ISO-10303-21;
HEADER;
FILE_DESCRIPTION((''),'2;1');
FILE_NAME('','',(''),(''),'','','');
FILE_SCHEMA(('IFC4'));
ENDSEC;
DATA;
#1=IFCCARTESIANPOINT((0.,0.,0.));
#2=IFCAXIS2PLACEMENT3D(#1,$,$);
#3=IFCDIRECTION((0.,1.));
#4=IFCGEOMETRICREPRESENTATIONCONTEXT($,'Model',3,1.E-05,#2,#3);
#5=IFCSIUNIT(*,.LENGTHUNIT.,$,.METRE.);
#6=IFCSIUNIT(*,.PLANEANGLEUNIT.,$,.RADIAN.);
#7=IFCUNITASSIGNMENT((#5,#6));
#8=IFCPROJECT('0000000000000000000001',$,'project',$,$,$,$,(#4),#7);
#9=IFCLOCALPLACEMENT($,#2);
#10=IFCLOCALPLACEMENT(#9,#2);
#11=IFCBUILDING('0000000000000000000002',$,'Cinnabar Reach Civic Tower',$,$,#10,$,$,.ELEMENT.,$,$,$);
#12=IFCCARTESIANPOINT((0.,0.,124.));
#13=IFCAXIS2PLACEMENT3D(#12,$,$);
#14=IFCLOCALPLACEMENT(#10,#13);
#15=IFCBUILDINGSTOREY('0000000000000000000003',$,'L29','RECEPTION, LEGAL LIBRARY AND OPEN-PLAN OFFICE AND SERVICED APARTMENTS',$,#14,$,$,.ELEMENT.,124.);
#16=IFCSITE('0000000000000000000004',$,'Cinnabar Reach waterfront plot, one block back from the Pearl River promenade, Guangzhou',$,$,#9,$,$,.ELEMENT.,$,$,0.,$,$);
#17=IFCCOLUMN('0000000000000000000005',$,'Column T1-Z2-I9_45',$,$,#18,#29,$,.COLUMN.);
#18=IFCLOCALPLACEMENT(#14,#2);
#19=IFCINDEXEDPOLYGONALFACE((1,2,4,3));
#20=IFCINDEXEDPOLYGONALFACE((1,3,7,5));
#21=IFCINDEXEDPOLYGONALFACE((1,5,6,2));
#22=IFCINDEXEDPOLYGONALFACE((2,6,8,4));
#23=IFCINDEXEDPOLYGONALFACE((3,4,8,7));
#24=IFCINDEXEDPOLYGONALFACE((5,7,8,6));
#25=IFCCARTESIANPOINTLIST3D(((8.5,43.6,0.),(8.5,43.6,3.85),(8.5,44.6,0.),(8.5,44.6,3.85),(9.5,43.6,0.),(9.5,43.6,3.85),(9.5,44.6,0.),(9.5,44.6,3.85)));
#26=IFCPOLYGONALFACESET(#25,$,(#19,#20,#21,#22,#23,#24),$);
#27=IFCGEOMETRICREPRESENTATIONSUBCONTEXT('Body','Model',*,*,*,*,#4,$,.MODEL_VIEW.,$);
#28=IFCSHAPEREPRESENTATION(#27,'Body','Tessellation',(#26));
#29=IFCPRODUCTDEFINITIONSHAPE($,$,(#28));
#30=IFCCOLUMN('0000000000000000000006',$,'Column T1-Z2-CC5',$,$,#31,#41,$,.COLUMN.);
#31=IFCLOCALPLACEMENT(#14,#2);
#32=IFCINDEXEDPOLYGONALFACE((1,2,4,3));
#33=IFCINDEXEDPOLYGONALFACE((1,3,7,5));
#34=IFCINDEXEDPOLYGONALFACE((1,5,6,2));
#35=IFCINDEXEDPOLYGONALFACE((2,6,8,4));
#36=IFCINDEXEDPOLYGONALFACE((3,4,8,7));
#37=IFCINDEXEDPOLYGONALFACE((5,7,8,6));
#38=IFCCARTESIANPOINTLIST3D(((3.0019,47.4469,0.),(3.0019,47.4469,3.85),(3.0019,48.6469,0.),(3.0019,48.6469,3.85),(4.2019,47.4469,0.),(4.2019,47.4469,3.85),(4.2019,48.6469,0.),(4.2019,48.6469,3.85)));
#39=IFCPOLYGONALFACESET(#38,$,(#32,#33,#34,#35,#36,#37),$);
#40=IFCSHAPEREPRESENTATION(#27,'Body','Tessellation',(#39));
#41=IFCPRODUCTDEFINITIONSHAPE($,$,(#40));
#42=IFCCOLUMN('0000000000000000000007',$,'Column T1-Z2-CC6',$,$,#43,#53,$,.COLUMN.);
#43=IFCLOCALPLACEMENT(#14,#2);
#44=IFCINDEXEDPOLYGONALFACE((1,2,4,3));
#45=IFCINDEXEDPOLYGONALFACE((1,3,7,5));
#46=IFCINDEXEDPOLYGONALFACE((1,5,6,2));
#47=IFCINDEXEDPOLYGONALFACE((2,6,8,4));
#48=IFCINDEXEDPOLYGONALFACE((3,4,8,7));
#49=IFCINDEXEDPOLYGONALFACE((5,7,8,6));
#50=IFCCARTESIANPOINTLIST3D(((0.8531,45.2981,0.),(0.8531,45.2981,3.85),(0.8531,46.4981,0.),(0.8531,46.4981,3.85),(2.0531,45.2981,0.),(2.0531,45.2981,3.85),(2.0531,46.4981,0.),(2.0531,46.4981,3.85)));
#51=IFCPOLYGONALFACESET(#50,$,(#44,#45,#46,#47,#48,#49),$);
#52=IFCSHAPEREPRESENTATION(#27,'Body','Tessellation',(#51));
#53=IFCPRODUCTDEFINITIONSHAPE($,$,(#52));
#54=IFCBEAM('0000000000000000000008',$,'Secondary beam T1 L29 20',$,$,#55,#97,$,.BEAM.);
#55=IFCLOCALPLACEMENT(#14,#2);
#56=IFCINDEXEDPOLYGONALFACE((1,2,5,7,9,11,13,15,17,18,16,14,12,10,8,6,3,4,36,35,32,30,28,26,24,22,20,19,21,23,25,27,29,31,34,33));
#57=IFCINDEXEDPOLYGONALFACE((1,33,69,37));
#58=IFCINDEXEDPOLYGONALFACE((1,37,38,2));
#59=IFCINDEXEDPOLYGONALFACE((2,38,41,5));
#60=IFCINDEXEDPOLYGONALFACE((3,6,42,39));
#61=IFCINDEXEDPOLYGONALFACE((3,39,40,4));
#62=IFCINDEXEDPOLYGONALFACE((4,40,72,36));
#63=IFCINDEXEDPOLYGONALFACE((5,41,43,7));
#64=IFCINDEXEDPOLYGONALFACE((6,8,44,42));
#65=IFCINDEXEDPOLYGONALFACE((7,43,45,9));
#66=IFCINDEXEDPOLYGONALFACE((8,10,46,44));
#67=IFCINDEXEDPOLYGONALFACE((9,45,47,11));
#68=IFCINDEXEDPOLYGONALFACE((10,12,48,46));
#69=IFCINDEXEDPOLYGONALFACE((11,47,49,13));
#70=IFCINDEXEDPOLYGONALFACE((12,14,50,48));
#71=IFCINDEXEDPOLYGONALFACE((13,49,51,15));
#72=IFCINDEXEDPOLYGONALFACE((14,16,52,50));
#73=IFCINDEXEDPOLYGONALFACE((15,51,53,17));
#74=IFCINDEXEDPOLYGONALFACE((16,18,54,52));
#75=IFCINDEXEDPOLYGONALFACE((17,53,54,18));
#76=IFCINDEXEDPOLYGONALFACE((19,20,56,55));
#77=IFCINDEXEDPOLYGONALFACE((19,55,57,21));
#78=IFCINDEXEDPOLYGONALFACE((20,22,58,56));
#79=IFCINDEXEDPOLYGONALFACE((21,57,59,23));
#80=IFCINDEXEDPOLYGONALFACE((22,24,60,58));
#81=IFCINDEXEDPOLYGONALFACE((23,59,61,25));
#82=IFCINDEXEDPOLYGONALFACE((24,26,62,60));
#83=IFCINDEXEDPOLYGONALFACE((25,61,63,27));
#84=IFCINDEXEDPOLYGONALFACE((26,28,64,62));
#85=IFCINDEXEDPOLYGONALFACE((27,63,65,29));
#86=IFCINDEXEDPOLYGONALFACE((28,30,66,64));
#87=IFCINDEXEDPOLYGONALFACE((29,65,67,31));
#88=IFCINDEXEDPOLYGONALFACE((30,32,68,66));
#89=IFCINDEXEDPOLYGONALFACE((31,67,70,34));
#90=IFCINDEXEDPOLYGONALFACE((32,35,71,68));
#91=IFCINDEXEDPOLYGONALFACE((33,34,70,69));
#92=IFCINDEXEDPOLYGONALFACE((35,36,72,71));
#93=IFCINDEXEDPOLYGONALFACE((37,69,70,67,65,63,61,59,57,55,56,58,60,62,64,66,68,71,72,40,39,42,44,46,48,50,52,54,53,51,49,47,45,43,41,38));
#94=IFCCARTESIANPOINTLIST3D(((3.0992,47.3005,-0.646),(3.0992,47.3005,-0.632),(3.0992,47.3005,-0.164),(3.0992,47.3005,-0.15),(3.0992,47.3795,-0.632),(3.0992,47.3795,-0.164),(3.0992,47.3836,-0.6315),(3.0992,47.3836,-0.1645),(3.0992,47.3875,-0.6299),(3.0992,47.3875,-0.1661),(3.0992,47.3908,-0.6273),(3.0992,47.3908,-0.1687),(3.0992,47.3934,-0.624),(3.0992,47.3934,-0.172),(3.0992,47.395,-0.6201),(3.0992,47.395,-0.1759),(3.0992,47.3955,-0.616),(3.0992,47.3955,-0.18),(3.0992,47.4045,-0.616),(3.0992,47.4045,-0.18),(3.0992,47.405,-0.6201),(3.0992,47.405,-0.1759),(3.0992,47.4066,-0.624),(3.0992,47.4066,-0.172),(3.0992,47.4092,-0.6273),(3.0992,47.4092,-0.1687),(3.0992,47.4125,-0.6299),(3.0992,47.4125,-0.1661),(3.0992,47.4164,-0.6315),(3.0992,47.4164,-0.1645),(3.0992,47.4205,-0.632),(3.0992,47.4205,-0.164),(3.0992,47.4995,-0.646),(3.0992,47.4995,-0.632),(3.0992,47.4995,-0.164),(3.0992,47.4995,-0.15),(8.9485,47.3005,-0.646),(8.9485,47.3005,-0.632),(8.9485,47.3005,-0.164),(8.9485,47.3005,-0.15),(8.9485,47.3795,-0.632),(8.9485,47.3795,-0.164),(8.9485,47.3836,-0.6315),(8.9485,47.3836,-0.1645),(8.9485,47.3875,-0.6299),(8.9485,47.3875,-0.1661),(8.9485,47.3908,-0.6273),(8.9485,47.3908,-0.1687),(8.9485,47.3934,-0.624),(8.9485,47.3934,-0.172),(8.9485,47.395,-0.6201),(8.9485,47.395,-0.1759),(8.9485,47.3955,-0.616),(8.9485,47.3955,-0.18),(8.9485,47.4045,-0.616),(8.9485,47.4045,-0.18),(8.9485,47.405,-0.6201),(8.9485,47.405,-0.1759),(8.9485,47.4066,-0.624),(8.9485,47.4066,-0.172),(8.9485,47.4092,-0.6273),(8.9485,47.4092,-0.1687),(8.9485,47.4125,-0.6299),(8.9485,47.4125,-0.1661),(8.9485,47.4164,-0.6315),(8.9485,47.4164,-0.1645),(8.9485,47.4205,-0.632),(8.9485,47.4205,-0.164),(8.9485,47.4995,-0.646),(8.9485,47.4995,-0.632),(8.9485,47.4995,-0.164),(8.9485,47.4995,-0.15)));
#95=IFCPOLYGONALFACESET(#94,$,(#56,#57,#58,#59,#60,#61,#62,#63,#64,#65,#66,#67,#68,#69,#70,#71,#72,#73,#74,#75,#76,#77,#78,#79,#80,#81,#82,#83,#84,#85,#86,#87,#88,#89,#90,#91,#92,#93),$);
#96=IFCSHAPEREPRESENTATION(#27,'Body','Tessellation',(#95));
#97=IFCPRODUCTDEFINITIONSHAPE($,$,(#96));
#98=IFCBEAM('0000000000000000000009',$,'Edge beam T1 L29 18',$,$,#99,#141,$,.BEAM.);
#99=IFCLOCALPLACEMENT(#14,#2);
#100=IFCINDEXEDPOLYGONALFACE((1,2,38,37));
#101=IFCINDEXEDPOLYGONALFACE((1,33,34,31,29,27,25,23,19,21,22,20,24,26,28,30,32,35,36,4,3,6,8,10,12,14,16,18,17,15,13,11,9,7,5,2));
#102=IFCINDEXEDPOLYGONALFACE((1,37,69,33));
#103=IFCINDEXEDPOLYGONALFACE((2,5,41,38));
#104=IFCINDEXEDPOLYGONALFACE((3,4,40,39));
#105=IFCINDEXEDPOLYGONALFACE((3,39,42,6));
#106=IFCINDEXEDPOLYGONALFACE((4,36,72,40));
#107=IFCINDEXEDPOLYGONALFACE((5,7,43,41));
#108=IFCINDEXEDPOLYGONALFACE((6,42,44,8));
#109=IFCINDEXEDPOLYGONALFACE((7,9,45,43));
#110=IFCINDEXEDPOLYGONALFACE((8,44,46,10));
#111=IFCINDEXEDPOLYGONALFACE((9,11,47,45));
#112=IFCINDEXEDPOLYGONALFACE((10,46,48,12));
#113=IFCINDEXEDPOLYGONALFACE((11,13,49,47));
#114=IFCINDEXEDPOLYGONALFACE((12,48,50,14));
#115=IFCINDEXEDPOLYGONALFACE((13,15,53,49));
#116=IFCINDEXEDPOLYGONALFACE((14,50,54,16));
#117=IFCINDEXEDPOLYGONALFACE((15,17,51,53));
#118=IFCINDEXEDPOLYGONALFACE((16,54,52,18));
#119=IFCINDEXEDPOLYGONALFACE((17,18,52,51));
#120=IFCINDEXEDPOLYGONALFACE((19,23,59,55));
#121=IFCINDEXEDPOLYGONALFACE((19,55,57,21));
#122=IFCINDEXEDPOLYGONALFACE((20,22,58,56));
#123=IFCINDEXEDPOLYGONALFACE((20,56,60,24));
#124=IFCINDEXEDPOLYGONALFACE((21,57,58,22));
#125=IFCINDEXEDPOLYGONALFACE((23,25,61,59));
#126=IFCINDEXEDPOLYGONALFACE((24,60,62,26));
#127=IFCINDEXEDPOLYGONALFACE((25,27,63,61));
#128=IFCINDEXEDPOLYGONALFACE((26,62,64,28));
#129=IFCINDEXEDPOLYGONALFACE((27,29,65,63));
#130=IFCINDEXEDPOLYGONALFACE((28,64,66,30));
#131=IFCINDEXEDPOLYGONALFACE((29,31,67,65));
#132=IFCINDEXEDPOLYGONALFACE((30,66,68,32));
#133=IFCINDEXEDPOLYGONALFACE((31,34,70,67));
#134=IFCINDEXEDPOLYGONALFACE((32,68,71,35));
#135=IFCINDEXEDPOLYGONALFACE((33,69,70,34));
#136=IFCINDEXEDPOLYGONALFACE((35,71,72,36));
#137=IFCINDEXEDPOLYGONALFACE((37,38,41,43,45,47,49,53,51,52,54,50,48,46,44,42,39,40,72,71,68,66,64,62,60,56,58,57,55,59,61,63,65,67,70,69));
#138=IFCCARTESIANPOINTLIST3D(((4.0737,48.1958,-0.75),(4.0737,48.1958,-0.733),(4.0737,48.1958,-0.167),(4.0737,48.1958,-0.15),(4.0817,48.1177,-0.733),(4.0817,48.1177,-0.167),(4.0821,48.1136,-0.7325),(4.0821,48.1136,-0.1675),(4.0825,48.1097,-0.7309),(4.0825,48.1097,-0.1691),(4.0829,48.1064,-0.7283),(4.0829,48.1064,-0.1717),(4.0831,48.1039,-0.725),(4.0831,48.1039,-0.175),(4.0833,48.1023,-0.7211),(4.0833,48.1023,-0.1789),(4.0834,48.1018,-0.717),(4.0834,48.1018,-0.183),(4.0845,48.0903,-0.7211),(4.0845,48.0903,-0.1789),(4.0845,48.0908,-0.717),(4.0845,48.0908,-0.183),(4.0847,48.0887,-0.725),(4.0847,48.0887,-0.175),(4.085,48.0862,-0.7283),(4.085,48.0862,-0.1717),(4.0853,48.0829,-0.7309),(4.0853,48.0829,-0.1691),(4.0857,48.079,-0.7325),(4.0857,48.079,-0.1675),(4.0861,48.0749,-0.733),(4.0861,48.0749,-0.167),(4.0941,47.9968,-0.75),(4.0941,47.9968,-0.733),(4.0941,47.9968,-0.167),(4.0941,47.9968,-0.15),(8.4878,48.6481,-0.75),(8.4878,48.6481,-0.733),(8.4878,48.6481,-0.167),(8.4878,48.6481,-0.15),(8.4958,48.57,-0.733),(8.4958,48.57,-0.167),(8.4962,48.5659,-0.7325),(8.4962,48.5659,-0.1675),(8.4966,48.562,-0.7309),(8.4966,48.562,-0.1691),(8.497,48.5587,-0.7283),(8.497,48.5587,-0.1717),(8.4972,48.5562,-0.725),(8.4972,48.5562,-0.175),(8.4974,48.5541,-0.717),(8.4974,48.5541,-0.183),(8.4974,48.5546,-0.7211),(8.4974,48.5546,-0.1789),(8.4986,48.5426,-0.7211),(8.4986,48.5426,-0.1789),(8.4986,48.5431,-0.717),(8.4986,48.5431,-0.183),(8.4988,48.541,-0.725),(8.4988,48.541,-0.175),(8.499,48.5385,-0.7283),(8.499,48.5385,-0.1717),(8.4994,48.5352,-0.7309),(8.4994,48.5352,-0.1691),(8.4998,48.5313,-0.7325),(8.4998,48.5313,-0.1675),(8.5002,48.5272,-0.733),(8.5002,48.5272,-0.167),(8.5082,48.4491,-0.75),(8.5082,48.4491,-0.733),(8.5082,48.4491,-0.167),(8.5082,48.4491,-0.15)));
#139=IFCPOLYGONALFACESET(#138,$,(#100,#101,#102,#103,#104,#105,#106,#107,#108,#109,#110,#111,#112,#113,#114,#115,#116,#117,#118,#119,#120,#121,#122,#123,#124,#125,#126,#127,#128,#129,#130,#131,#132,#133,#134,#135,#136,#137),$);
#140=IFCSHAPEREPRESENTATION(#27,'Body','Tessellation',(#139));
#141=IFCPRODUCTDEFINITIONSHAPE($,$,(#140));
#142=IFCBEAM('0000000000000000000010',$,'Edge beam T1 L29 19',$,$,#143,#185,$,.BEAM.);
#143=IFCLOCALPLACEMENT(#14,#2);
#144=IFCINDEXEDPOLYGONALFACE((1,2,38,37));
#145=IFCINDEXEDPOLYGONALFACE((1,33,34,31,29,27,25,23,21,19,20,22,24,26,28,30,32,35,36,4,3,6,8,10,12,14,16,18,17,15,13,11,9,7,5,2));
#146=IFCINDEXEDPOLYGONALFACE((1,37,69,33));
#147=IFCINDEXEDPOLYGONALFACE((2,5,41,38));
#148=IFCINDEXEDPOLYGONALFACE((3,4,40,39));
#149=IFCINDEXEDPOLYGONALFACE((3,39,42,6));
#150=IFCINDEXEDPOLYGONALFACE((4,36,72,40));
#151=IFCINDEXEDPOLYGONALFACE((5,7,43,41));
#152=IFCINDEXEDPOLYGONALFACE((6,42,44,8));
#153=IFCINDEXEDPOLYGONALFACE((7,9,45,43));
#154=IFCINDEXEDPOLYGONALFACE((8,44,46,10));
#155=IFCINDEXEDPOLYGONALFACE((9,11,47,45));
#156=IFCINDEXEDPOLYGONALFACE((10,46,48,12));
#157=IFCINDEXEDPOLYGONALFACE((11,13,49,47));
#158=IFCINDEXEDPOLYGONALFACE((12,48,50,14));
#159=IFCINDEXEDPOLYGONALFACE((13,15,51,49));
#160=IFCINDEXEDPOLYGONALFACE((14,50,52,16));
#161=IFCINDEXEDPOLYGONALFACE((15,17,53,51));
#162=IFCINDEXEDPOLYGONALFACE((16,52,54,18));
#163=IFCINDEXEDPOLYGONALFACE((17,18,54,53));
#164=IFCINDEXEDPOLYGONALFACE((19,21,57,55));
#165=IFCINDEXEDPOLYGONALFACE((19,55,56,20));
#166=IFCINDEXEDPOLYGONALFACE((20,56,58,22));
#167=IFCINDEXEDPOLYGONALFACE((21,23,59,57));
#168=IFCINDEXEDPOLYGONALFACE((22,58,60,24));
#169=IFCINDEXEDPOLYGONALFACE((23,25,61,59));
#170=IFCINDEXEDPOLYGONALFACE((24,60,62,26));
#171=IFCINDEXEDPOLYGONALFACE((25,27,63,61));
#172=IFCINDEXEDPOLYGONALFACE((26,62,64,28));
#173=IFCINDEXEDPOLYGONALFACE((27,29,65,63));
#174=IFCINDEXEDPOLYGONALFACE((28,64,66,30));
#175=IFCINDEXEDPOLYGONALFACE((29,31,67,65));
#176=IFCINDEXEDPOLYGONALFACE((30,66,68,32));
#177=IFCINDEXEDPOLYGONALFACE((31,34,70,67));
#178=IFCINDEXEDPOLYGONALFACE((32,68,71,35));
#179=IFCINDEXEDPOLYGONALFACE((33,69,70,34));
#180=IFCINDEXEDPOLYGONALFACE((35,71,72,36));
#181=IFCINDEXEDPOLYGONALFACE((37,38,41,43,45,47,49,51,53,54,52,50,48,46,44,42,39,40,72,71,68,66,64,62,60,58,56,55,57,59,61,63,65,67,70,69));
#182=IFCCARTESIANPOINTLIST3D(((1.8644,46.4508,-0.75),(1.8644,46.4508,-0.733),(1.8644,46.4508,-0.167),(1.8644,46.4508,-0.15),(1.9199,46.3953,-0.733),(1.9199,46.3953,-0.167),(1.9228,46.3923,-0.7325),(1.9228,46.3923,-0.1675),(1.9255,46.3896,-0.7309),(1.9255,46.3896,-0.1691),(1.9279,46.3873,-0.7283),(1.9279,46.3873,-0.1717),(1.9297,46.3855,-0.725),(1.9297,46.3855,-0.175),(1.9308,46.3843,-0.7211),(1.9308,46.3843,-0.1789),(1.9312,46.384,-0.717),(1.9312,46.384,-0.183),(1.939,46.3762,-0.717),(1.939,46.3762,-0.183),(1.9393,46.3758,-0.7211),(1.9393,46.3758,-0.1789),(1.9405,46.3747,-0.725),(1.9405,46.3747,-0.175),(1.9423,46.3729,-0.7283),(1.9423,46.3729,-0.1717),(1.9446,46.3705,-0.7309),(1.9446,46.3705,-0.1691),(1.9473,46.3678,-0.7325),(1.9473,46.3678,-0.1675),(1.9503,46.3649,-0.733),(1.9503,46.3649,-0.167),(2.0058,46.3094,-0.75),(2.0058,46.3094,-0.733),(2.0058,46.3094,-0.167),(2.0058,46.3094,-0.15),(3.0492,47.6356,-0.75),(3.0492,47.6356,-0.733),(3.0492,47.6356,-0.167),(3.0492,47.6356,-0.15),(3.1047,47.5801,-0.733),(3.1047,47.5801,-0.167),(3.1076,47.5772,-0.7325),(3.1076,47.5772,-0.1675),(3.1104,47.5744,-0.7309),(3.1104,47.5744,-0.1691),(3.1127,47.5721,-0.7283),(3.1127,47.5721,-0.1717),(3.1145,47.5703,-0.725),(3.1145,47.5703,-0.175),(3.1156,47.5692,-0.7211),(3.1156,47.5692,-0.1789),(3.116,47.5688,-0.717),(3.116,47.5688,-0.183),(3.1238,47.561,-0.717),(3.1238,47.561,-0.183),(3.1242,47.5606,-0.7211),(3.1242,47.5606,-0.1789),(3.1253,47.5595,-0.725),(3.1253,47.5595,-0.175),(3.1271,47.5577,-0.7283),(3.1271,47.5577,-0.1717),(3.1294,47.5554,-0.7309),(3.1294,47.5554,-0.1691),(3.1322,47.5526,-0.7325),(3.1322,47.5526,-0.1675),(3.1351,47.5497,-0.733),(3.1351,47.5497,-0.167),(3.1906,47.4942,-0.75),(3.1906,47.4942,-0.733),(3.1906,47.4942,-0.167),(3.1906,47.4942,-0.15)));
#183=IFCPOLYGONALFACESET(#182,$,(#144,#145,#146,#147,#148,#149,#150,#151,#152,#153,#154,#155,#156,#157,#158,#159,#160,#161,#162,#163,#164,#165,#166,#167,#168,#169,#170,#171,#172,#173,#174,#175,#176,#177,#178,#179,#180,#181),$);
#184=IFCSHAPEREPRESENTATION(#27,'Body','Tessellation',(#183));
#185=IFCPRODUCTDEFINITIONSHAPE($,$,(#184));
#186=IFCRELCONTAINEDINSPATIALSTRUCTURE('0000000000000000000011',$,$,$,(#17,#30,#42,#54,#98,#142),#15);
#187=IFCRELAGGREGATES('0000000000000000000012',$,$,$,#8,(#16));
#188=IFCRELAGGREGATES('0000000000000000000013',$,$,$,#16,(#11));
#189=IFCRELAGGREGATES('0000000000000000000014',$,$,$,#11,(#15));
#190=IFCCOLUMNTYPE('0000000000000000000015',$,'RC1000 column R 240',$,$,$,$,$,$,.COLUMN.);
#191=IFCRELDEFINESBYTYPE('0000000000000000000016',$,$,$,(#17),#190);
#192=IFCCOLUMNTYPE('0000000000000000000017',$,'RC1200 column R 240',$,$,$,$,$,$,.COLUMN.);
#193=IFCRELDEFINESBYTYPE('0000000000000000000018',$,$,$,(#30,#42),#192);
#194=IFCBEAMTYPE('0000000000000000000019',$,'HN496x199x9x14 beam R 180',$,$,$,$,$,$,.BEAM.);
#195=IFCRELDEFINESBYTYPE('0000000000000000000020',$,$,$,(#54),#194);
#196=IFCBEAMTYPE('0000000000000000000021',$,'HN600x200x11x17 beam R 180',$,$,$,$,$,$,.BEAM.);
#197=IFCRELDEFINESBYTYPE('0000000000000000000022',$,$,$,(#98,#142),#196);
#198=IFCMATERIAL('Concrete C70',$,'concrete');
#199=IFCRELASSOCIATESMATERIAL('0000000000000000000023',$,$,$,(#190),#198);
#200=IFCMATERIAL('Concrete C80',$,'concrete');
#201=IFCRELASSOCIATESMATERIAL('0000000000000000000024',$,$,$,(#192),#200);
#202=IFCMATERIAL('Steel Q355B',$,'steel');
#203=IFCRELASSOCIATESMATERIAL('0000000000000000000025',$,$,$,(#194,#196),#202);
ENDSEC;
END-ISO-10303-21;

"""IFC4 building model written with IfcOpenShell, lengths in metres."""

from ifc_helpers import new_model, si_unit, direction, frame, origin, origin_2d, place, context, subcontext, project, spatial, rectangle, i_section, extrude, material, material_profile, profile_set, type_object, element, save


model = new_model("IFC4")

# Units and contexts
model_context = context("Model", 3, precision=1e-05, world=origin(), true_north=direction((0.0, 1.0)))
body_context = subcontext(model_context, "Body", "Model", "MODEL_VIEW")
ifc_project = project(units=[si_unit("LENGTHUNIT", "METRE"), si_unit("PLANEANGLEUNIT", "RADIAN")], contexts=[model_context])

# Site, building, storey
site_placement = place(None, origin())
site = spatial("IfcSite", under=ifc_project, at=site_placement, Name="Cinnabar Reach waterfront plot, one block back from the Pearl River promenade, Guangzhou", CompositionType="ELEMENT", RefElevation=0.0)
building_placement = place(site_placement, origin())
building = spatial("IfcBuilding", under=site, at=building_placement, Name="Cinnabar Reach Civic Tower", CompositionType="ELEMENT")
storey_placement = place(building_placement, frame((0.0, 0.0, 124.0)))
storey = spatial("IfcBuildingStorey", under=building, at=storey_placement, Name="L29", Description="RECEPTION, LEGAL LIBRARY AND OPEN-PLAN OFFICE AND SERVICED APARTMENTS", CompositionType="ELEMENT", Elevation=124.0)

# Columns
ifc_material_1 = material(Name="Concrete C70", Category="concrete")
ifc_material_profile_1 = material_profile(ifc_material_1, rectangle(XDim=1.0, YDim=1.0, at=origin_2d()), Name="RC1000")
ifc_profile_set_1 = profile_set([ifc_material_profile_1], Name="Concrete C70")
column_type_1 = type_object("IfcColumnType", Name="RC1000 column R 240", PredefinedType="COLUMN", material=ifc_profile_set_1)
column_placement = place(storey_placement, frame((9.0, 44.1, 0.0), z_axis=(0.0, 0.0, 1.0), x_axis=(1.0, 0.0, 0.0)))
element("IfcColumn", 1, at=column_placement, inside=storey, type_object=column_type_1, Name="Column T1-Z2-I9_45", PredefinedType="COLUMN", context=body_context, shape_type="SweptSolid", body=[
    extrude(rectangle(XDim=1.0, YDim=1.0, at=origin_2d()), origin(), (0.0, 0.0, 1.0), 3.85),
])
ifc_material_2 = material(Name="Concrete C80", Category="concrete")
ifc_material_profile_2 = material_profile(ifc_material_2, rectangle(XDim=1.2, YDim=1.2, at=origin_2d()), Name="RC1200")
ifc_profile_set_2 = profile_set([ifc_material_profile_2], Name="Concrete C80")
column_type_2 = type_object("IfcColumnType", Name="RC1200 column R 240", PredefinedType="COLUMN", material=ifc_profile_set_2)
for number, where, z_axis, x_axis, name in (
    (2, (3.6019, 48.0469, 0.0), (0.0, 0.0, 1.0), (1.0, 0.0, 0.0), "Column T1-Z2-CC5"),
    (3, (1.4531, 45.8981, 0.0), (0.0, 0.0, 1.0), (1.0, 0.0, 0.0), "Column T1-Z2-CC6"),
):
    element("IfcColumn", number, at=place(storey_placement, frame(where, z_axis=z_axis, x_axis=x_axis)), inside=storey, type_object=column_type_2, Name=name, PredefinedType="COLUMN", context=body_context, shape_type="SweptSolid", body=[
        extrude(rectangle(XDim=1.2, YDim=1.2, at=origin_2d()), origin(), (0.0, 0.0, 1.0), 3.85),
    ])

# Beams
ifc_material_3 = material(Name="Steel Q355B", Category="steel")
ifc_material_profile_3 = material_profile(ifc_material_3, i_section(OverallWidth=0.199, OverallDepth=0.496, WebThickness=0.009, FlangeThickness=0.014, FilletRadius=0.016, at=origin_2d()), Name="HN496x199x9x14")
ifc_profile_set_3 = profile_set([ifc_material_profile_3], Name="Steel Q355B")
beam_type_1 = type_object("IfcBeamType", Name="HN496x199x9x14 beam R 180", PredefinedType="BEAM", material=ifc_profile_set_3)
beam_1_placement = place(storey_placement, frame((3.0992, 47.4, -0.398), z_axis=(1.0, 0.0, 0.0), x_axis=(0.0, 1.0, 0.0)))
element("IfcBeam", 4, at=beam_1_placement, inside=storey, type_object=beam_type_1, Name="Secondary beam T1 L29 20", PredefinedType="BEAM", context=body_context, shape_type="SweptSolid", body=[
    extrude(i_section(OverallWidth=0.199, OverallDepth=0.496, WebThickness=0.009, FlangeThickness=0.014, FilletRadius=0.016, at=origin_2d()), origin(), (0.0, 0.0, 1.0), 5.8493),
])
ifc_material_profile_4 = material_profile(ifc_material_3, i_section(OverallWidth=0.2, OverallDepth=0.6, WebThickness=0.011, FlangeThickness=0.017, FilletRadius=0.016, at=origin_2d()), Name="HN600x200x11x17")
ifc_profile_set_4 = profile_set([ifc_material_profile_4], Name="Steel Q355B")
beam_type_2 = type_object("IfcBeamType", Name="HN600x200x11x17 beam R 180", PredefinedType="BEAM", material=ifc_profile_set_4)
beam_2_placement = place(storey_placement, frame((8.498, 48.5486, -0.45), z_axis=(-0.994791, -0.101933, 0.0), x_axis=(0.101933, -0.994791, 0.0)))
element("IfcBeam", 5, at=beam_2_placement, inside=storey, type_object=beam_type_2, Name="Edge beam T1 L29 18", PredefinedType="BEAM", context=body_context, shape_type="SweptSolid", body=[
    extrude(i_section(OverallWidth=0.2, OverallDepth=0.6, WebThickness=0.011, FlangeThickness=0.017, FilletRadius=0.016, at=origin_2d()), origin(), (0.0, 0.0, 1.0), 4.4372),
])
beam_3_placement = place(storey_placement, frame((3.1199, 47.5649, -0.45), z_axis=(-0.707107, -0.707107, 0.0), x_axis=(0.707107, -0.707107, 0.0)))
element("IfcBeam", 6, at=beam_3_placement, inside=storey, type_object=beam_type_2, Name="Edge beam T1 L29 19", PredefinedType="BEAM", context=body_context, shape_type="SweptSolid", body=[
    extrude(i_section(OverallWidth=0.2, OverallDepth=0.6, WebThickness=0.011, FlangeThickness=0.017, FilletRadius=0.016, at=origin_2d()), origin(), (0.0, 0.0, 1.0), 1.6756),
])

save(model, "model.ifc")
